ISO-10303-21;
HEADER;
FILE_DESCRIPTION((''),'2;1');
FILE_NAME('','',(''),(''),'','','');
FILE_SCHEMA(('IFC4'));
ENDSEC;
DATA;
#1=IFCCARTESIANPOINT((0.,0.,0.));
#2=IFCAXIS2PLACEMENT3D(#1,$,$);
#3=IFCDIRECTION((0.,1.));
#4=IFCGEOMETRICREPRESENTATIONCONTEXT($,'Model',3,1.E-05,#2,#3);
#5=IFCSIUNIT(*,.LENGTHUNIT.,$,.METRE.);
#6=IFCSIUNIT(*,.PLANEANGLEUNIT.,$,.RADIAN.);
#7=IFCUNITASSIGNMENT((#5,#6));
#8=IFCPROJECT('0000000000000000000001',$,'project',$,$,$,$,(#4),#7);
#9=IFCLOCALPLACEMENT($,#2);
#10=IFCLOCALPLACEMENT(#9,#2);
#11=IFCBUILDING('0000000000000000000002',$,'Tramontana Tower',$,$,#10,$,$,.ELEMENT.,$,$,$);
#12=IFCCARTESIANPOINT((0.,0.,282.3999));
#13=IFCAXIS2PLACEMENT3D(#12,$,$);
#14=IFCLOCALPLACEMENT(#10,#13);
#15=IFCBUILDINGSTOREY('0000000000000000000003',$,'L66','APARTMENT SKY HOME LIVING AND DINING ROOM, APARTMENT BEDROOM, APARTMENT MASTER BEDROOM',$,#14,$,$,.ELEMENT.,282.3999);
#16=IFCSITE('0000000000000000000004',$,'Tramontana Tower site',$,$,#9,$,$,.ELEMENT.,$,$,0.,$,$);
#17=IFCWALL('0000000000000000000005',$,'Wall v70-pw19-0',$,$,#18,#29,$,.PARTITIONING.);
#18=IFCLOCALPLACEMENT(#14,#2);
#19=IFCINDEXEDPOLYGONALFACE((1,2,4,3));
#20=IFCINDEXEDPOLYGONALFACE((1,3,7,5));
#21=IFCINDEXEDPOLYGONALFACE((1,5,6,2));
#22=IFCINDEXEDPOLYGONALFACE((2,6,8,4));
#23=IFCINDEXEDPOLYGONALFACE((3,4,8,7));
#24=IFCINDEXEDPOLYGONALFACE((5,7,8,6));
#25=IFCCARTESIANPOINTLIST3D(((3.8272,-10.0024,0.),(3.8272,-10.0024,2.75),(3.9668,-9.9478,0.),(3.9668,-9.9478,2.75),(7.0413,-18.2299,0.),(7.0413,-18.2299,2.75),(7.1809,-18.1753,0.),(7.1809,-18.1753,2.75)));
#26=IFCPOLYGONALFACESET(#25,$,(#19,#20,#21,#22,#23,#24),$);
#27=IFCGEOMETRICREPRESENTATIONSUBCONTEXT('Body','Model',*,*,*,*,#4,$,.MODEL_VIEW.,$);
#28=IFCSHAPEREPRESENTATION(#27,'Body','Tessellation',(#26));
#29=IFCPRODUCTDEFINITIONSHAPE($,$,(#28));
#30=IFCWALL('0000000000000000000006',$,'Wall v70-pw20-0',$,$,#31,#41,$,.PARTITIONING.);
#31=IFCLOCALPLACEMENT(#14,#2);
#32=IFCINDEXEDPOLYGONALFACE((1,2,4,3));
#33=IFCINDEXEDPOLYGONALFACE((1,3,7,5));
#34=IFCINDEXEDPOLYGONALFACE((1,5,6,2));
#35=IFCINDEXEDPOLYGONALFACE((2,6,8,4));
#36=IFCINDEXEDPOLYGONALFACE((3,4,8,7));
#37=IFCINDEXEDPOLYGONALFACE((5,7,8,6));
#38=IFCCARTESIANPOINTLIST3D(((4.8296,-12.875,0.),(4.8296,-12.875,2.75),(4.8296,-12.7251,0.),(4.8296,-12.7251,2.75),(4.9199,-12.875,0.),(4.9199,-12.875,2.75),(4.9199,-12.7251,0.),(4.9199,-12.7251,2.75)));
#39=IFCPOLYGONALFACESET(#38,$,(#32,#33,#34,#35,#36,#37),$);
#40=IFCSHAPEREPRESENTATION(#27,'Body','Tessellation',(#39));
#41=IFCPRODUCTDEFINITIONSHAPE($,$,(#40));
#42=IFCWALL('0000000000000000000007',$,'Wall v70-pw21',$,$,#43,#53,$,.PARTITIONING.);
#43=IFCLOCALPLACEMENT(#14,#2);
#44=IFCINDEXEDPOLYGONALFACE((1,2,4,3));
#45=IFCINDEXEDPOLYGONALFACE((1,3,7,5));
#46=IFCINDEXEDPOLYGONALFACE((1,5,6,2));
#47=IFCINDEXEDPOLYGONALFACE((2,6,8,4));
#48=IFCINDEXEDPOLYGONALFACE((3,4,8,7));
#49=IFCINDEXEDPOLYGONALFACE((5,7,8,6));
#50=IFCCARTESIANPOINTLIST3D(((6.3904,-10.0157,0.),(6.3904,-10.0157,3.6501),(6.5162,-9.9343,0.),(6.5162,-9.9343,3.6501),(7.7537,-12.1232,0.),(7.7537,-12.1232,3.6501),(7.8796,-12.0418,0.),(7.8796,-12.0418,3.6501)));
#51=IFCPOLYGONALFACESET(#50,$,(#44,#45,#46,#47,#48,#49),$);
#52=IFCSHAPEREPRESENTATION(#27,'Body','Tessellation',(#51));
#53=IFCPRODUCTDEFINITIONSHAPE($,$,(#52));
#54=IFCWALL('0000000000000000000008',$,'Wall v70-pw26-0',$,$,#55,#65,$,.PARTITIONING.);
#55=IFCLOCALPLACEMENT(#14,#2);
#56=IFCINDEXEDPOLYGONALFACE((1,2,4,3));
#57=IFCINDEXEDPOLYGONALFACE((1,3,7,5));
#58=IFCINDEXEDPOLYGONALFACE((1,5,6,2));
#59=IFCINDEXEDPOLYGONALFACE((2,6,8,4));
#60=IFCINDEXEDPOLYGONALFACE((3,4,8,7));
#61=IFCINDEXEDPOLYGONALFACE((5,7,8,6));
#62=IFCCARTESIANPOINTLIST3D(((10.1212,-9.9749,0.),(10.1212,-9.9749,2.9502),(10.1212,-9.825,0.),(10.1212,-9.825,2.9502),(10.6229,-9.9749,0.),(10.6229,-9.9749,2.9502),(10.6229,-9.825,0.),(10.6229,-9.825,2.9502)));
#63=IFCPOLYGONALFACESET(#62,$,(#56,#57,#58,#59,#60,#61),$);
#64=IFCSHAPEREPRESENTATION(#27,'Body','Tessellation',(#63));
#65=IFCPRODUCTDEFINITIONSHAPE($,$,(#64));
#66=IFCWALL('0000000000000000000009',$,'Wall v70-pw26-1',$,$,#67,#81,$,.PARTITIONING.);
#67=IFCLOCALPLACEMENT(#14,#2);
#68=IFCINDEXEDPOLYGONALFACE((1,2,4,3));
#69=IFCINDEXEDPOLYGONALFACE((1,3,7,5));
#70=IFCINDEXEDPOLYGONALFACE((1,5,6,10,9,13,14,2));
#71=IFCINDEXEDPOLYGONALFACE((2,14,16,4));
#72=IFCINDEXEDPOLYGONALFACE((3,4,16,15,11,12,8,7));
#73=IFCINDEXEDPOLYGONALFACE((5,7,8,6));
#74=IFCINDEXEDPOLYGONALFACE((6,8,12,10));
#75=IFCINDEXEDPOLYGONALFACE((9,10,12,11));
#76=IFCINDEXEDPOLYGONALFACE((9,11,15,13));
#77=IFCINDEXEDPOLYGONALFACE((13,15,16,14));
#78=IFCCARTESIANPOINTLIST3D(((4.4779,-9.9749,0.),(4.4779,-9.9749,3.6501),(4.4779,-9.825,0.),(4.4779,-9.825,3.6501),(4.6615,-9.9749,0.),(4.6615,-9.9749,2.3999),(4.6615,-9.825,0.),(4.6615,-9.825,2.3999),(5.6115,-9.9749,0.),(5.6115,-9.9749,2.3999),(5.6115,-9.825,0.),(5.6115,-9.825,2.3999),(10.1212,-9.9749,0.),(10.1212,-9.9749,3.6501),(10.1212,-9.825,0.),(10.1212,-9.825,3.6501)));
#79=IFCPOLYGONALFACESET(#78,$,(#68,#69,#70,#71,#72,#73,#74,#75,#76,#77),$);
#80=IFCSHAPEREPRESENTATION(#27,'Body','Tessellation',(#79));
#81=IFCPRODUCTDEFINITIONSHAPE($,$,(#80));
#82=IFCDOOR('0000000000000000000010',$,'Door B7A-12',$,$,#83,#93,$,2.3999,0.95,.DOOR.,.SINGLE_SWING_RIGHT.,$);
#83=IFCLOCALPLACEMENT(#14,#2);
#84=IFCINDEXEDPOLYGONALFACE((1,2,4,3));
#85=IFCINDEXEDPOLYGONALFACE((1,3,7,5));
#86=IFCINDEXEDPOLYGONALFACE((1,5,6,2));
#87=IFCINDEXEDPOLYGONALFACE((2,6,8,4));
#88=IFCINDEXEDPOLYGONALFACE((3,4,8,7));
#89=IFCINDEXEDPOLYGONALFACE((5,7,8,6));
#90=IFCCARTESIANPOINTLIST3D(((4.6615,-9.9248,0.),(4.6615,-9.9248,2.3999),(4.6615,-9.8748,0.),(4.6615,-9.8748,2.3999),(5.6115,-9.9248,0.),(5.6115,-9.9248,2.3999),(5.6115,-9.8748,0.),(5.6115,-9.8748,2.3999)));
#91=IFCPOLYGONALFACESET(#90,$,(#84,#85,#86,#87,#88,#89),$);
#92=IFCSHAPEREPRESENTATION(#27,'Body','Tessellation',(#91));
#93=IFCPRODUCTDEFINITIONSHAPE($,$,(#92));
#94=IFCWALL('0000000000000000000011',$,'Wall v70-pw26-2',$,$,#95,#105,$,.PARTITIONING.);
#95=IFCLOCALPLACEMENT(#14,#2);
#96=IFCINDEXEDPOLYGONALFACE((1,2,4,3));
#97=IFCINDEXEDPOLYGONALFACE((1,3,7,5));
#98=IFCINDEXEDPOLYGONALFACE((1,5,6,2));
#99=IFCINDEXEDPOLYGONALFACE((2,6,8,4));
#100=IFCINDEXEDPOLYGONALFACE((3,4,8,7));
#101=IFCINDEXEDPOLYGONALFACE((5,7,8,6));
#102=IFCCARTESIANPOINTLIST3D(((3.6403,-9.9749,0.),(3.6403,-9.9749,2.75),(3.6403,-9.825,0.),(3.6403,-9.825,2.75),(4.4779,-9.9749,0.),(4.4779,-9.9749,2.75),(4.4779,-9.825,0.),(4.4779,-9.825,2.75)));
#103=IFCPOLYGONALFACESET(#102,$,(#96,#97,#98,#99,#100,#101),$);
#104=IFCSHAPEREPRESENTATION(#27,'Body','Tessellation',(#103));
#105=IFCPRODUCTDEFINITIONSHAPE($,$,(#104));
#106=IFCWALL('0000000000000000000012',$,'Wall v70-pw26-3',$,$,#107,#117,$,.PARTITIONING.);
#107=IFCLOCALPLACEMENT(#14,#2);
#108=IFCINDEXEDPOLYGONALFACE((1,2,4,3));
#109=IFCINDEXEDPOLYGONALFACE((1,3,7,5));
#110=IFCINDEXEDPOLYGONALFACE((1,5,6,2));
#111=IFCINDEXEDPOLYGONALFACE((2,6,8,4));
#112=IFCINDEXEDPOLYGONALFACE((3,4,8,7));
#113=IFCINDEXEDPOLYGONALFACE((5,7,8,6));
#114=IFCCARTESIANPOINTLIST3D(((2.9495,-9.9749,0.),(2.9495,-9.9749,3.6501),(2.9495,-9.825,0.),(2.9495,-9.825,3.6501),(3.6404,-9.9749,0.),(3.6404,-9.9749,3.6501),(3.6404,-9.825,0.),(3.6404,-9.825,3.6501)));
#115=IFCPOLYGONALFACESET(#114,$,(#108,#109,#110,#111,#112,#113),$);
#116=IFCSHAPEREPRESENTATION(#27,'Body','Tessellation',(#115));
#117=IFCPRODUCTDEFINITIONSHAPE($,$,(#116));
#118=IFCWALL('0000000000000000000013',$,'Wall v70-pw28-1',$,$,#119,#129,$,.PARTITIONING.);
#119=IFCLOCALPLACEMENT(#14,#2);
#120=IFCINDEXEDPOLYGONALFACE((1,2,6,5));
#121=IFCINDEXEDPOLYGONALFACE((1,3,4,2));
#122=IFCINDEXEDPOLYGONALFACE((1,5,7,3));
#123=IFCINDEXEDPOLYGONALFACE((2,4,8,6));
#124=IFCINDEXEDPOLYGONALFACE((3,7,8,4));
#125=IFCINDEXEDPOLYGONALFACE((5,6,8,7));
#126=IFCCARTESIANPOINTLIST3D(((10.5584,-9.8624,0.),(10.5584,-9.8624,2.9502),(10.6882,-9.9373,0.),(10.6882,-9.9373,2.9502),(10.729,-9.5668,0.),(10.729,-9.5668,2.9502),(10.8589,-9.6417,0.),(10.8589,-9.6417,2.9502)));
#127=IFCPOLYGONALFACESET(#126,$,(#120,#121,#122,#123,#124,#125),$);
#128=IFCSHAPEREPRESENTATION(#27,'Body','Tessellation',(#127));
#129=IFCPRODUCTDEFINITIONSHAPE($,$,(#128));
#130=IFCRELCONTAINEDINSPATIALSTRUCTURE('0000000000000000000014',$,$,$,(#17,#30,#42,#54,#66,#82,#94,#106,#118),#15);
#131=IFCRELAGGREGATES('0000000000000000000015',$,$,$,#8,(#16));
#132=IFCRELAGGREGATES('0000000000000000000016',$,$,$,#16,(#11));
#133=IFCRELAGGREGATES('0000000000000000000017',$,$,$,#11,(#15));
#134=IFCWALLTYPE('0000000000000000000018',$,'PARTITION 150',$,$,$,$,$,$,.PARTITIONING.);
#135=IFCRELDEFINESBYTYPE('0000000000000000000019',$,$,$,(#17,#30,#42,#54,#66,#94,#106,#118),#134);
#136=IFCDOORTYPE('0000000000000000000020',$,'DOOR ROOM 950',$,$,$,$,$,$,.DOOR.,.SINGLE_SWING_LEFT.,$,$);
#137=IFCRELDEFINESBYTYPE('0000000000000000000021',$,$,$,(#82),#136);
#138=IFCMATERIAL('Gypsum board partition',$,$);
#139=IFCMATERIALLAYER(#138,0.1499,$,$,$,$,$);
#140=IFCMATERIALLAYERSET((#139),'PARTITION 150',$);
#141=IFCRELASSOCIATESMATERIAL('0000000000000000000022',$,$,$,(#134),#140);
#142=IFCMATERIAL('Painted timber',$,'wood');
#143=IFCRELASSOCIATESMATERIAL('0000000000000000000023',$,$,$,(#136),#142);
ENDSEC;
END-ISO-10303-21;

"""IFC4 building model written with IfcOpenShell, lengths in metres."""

from ifc_helpers import new_model, si_unit, direction, frame, frame_2d, origin, place, context, subcontext, project, spatial, rectangle, extrude, material, layer, layer_set, type_object, element, fill, save


model = new_model("IFC4")

# Units and contexts
model_context = context("Model", 3, precision=1e-05, world=origin(), true_north=direction((0.0, 1.0)))
body_context = subcontext(model_context, "Body", "Model", "MODEL_VIEW")
ifc_project = project(units=[si_unit("LENGTHUNIT", "METRE"), si_unit("PLANEANGLEUNIT", "RADIAN")], contexts=[model_context])

# Site, building, storey
site_placement = place(None, origin())
site = spatial("IfcSite", under=ifc_project, at=site_placement, Name="Tramontana Tower site", CompositionType="ELEMENT", RefElevation=0.0)
building_placement = place(site_placement, origin())
building = spatial("IfcBuilding", under=site, at=building_placement, Name="Tramontana Tower", CompositionType="ELEMENT")
storey_placement = place(building_placement, frame((0.0, 0.0, 282.3999)))
storey = spatial("IfcBuildingStorey", under=building, at=storey_placement, Name="L66", Description="APARTMENT SKY HOME LIVING AND DINING ROOM, APARTMENT BEDROOM, APARTMENT MASTER BEDROOM", CompositionType="ELEMENT", Elevation=282.3999)

# Shared definitions
ifc_material_1 = material(Name="Gypsum board partition")
ifc_layer_1 = layer(ifc_material_1, 0.1499)
ifc_layer_set_1 = layer_set([ifc_layer_1], Name="PARTITION 150")
wall_type_1 = type_object("IfcWallType", Name="PARTITION 150", PredefinedType="PARTITIONING", material=ifc_layer_set_1)

# Shared definitions
ifc_material_2 = material(Name="Painted timber", Category="wood")
door_type_1 = type_object("IfcDoorType", Name="DOOR ROOM 950", OperationType="SINGLE_SWING_LEFT", PredefinedType="DOOR", material=ifc_material_2)

# Walls
wall_1_placement = place(storey_placement, frame((3.897, -9.9751, 0.0), z_axis=(0.0, 0.0, 1.0), x_axis=(0.363873, -0.931449, 0.0)))
element("IfcWall", 1, at=wall_1_placement, inside=storey, type_object=wall_type_1, Name="Wall v70-pw19-0", PredefinedType="PARTITIONING", context=body_context, shape_type="SweptSolid", body=[
    extrude(rectangle(XDim=8.833, YDim=0.1499, at=frame_2d((4.4165, 0.0))), origin(), (0.0, 0.0, 1.0), 2.75),
])
wall_2_placement = place(storey_placement, frame((4.9199, -12.8, 0.0), z_axis=(0.0, 0.0, 1.0), x_axis=(-1.0, 0.0, 0.0)))
element("IfcWall", 2, at=wall_2_placement, inside=storey, type_object=wall_type_1, Name="Wall v70-pw20-0", PredefinedType="PARTITIONING", context=body_context, shape_type="SweptSolid", body=[
    extrude(rectangle(XDim=0.0903, YDim=0.1499, at=frame_2d((0.0452, 0.0))), origin(), (0.0, 0.0, 1.0), 2.75),
])
wall_3_placement = place(storey_placement, frame((6.4534, -9.9751, 0.0), z_axis=(0.0, 0.0, 1.0), x_axis=(0.543154, -0.839633, 0.0)))
element("IfcWall", 3, at=wall_3_placement, inside=storey, type_object=wall_type_1, Name="Wall v70-pw21", PredefinedType="PARTITIONING", context=body_context, shape_type="SweptSolid", body=[
    extrude(rectangle(XDim=2.51, YDim=0.1499, at=frame_2d((1.2549, 0.0))), origin(), (0.0, 0.0, 1.0), 3.6501),
])
wall_4_placement = place(storey_placement, frame((10.623, -9.8999, 0.0), z_axis=(0.0, 0.0, 1.0), x_axis=(-1.0, 0.0, 0.0)))
element("IfcWall", 4, at=wall_4_placement, inside=storey, type_object=wall_type_1, Name="Wall v70-pw26-0", PredefinedType="PARTITIONING", context=body_context, shape_type="SweptSolid", body=[
    extrude(rectangle(XDim=0.5017, YDim=0.1499, at=frame_2d((0.251, 0.0))), origin(), (0.0, 0.0, 1.0), 2.9502),
])

# Wall, opening, door
wall_5_placement = place(storey_placement, frame((10.1213, -9.8999, 0.0), z_axis=(0.0, 0.0, 1.0), x_axis=(-1.0, 0.0, 0.0)))
wall_5 = element("IfcWall", 5, at=wall_5_placement, inside=storey, type_object=wall_type_1, Name="Wall v70-pw26-1", PredefinedType="PARTITIONING", context=body_context, shape_type="SweptSolid", body=[
    extrude(rectangle(XDim=5.6433, YDim=0.1499, at=frame_2d((2.8218, 0.0))), origin(), (0.0, 0.0, 1.0), 3.6501),
])
opening_1_placement = place(wall_5_placement, frame((4.5098, 0.0, 0.0)))
opening_1 = element("IfcOpeningElement", 6, at=opening_1_placement, cuts=wall_5, PredefinedType="OPENING", context=body_context, shape_type="SweptSolid", body=[
    extrude(rectangle(XDim=0.95, YDim=2.3999, at=frame_2d((0.4751, 1.2))), frame((0.0, 0.085, 0.0), z_axis=(0.0, -1.0, 0.0), x_axis=(1.0, 0.0, 0.0)), (0.0, 0.0, 1.0), 0.1699),
])
door_1_placement = place(opening_1_placement, origin())
door_1 = element("IfcDoor", 7, at=door_1_placement, inside=storey, type_object=door_type_1, Name="Door B7A-12", OperationType="SINGLE_SWING_RIGHT", OverallHeight=2.3999, OverallWidth=0.95, PredefinedType="DOOR", context=body_context, shape_type="SweptSolid", body=[
    extrude(rectangle(XDim=0.95, YDim=2.3999, at=frame_2d((0.4751, 1.2))), frame((0.0, 0.0249, 0.0), z_axis=(0.0, -1.0, 0.0), x_axis=(1.0, 0.0, 0.0)), (0.0, 0.0, 1.0), 0.05),
])
fill(opening_1, door_1)

# Walls
wall_6_placement = place(storey_placement, frame((4.478, -9.8999, 0.0), z_axis=(0.0, 0.0, 1.0), x_axis=(-1.0, 0.0, 0.0)))
element("IfcWall", 8, at=wall_6_placement, inside=storey, type_object=wall_type_1, Name="Wall v70-pw26-2", PredefinedType="PARTITIONING", context=body_context, shape_type="SweptSolid", body=[
    extrude(rectangle(XDim=0.8376, YDim=0.1499, at=frame_2d((0.4189, 0.0))), origin(), (0.0, 0.0, 1.0), 2.75),
])
wall_7_placement = place(storey_placement, frame((3.6404, -9.8999, 0.0), z_axis=(0.0, 0.0, 1.0), x_axis=(-1.0, 0.0, 0.0)))
element("IfcWall", 9, at=wall_7_placement, inside=storey, type_object=wall_type_1, Name="Wall v70-pw26-3", PredefinedType="PARTITIONING", context=body_context, shape_type="SweptSolid", body=[
    extrude(rectangle(XDim=0.6909, YDim=0.1499, at=frame_2d((0.3455, 0.0))), origin(), (0.0, 0.0, 1.0), 3.6501),
])
wall_8_placement = place(storey_placement, frame((10.7939, -9.6042, 0.0), z_axis=(0.0, 0.0, 1.0), x_axis=(-0.499908, -0.866078, 0.0)))
element("IfcWall", 10, at=wall_8_placement, inside=storey, type_object=wall_type_1, Name="Wall v70-pw28-1", PredefinedType="PARTITIONING", context=body_context, shape_type="SweptSolid", body=[
    extrude(rectangle(XDim=0.3413, YDim=0.1499, at=frame_2d((0.1707, 0.0))), origin(), (0.0, 0.0, 1.0), 2.9502),
])

save(model, "model.ifc")
